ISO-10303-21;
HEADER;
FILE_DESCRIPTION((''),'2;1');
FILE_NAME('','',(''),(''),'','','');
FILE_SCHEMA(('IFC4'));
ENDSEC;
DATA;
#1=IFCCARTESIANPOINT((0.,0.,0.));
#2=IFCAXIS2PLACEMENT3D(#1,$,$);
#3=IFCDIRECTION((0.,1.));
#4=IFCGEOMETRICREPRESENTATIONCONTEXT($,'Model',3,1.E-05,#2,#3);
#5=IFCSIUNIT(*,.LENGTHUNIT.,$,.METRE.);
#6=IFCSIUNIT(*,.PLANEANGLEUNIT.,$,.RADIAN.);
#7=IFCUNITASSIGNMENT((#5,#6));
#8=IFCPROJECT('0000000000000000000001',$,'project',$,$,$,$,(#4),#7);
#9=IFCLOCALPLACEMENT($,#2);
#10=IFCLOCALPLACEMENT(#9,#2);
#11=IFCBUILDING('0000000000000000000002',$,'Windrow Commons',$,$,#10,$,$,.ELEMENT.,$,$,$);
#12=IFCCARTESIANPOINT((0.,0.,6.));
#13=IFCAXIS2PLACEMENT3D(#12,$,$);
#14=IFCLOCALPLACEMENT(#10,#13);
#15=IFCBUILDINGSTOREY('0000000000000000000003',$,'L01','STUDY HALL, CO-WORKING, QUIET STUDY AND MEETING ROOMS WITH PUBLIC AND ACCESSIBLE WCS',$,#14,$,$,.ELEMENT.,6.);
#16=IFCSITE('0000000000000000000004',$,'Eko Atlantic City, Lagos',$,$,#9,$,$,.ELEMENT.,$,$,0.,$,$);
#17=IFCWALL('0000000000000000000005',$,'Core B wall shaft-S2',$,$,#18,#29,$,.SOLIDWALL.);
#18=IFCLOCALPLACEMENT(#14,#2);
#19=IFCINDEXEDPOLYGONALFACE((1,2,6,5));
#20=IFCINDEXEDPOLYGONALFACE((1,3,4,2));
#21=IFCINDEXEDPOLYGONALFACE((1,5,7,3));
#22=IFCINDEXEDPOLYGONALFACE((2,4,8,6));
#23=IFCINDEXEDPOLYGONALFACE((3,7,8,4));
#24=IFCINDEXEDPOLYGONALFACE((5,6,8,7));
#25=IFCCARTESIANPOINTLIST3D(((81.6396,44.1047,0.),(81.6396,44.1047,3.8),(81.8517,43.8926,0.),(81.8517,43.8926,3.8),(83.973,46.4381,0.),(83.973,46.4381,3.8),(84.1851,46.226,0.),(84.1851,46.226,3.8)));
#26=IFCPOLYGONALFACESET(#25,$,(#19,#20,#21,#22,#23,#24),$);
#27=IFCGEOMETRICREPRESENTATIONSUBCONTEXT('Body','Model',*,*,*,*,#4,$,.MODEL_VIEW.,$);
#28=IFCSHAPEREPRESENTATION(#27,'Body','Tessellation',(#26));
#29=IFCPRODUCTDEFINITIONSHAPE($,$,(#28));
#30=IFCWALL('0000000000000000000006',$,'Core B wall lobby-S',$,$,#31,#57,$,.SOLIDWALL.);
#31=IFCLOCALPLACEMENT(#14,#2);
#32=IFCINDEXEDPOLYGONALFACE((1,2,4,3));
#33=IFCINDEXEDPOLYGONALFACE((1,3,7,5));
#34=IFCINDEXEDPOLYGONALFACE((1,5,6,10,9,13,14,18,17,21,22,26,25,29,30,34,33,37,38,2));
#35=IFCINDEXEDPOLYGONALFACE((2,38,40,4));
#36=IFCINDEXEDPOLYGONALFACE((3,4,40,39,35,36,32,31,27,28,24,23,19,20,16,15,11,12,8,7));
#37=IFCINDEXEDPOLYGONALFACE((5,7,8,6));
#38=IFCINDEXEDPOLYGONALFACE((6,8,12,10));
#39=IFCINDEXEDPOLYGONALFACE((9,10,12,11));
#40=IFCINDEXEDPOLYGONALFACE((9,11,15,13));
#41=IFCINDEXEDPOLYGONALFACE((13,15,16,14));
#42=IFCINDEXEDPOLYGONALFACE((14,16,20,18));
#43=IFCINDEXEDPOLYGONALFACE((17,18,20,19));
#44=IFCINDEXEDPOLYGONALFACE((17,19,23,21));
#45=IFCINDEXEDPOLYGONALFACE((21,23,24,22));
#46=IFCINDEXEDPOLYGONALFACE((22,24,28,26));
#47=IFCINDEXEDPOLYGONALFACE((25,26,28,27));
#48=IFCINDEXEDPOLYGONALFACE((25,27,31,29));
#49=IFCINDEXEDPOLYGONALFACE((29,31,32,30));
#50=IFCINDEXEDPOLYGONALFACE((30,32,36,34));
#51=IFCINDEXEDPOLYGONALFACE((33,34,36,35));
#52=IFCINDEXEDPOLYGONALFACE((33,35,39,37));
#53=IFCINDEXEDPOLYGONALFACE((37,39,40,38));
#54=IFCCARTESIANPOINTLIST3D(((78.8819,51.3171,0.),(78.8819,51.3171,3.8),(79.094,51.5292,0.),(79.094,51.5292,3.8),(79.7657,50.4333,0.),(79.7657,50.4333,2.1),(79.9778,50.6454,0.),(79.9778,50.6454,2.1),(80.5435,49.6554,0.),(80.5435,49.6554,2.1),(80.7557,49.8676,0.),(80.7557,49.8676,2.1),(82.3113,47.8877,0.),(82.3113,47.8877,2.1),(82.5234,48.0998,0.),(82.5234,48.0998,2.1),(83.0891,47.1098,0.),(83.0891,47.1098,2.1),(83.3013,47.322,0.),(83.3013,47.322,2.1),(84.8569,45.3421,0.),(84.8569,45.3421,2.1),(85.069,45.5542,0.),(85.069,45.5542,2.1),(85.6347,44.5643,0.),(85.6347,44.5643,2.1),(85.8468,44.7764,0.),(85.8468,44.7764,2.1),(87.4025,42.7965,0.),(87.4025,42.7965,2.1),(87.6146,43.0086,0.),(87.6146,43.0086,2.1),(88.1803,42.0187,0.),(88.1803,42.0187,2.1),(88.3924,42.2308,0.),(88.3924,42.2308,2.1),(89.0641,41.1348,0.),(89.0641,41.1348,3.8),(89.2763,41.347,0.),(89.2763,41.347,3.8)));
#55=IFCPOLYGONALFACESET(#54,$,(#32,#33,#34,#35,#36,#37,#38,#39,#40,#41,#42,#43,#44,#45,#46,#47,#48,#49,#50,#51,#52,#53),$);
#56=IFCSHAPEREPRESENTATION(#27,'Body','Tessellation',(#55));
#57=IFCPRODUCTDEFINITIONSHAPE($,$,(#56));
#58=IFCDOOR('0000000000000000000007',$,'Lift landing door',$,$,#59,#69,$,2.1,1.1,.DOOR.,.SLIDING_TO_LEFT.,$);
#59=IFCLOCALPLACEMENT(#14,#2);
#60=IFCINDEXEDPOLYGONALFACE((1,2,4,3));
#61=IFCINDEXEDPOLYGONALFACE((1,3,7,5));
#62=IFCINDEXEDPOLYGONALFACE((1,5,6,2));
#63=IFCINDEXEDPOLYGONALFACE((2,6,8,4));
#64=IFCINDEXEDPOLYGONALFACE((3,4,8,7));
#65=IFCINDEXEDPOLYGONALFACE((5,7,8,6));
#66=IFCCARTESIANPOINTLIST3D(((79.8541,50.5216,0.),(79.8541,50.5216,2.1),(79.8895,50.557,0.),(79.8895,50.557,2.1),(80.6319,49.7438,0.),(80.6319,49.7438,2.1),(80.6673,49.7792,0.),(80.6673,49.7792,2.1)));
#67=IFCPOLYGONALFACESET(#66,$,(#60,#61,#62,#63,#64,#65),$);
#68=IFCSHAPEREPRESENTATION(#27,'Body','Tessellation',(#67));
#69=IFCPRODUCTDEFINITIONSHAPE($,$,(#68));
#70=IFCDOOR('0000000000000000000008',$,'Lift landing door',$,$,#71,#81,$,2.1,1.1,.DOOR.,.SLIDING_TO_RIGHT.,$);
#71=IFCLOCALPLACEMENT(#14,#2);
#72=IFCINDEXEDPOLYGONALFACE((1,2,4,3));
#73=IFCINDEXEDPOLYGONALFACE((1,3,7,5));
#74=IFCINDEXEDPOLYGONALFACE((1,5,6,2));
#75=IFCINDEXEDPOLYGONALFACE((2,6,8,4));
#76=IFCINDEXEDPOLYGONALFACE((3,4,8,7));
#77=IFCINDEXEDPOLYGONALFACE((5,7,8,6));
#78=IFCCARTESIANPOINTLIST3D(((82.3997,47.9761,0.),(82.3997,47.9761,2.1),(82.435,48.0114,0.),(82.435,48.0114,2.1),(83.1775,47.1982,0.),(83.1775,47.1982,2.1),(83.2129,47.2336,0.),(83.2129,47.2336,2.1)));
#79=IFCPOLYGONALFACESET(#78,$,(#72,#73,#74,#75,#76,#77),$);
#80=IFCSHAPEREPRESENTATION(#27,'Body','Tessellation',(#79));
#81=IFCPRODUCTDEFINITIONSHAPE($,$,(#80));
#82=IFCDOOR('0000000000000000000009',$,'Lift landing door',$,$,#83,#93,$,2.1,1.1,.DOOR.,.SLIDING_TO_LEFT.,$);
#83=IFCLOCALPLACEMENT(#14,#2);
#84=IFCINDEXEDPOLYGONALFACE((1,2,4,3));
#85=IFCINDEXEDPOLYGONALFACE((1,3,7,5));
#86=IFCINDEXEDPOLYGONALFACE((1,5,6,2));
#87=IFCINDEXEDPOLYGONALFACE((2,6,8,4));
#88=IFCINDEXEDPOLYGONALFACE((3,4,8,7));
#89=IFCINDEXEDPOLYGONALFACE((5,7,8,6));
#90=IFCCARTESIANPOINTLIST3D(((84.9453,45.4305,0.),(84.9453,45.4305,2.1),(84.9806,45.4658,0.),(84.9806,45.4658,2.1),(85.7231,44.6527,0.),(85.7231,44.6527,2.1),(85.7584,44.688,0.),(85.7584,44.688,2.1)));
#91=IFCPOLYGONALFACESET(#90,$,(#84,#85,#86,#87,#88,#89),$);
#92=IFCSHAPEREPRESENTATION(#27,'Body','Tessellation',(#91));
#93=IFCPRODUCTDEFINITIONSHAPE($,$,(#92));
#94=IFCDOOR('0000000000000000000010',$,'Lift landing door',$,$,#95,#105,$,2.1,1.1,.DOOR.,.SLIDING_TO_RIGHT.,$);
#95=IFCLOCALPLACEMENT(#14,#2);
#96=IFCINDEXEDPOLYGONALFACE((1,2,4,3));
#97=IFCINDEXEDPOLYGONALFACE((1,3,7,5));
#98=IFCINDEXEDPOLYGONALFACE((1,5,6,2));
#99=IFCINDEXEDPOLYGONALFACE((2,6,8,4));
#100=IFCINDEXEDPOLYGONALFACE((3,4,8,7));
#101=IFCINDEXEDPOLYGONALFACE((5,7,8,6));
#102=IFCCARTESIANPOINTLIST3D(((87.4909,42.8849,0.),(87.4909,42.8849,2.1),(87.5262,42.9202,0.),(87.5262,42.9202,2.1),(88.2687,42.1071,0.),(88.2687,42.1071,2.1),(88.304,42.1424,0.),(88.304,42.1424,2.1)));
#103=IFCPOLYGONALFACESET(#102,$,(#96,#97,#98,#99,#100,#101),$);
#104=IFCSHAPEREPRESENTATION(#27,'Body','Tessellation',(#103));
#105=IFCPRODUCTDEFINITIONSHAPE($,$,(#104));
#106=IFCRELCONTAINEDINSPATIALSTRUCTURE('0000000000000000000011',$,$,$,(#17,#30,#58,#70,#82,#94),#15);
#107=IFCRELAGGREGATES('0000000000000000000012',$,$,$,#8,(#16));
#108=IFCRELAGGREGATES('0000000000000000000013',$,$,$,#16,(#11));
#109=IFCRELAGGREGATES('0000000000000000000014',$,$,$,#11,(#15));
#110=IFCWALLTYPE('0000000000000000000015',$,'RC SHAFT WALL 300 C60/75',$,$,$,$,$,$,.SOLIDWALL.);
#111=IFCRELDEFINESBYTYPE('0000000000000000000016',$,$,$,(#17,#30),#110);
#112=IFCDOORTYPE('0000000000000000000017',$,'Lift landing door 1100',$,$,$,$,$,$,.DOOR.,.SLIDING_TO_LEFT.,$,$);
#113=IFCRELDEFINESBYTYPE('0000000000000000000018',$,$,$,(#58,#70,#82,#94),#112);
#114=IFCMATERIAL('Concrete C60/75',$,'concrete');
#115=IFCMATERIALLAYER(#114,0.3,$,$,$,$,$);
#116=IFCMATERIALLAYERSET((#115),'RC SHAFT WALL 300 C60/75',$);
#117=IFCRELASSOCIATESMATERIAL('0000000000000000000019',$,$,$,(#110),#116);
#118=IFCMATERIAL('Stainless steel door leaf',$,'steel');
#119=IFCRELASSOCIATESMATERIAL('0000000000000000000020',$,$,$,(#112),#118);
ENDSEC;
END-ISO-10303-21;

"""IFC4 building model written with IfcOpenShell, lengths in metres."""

from ifc_helpers import new_model, si_unit, direction, frame, frame_2d, origin, place, context, subcontext, project, spatial, rectangle, extrude, material, layer, layer_set, type_object, element, fill, save


model = new_model("IFC4")

# Units and contexts
model_context = context("Model", 3, precision=1e-05, world=origin(), true_north=direction((0.0, 1.0)))
body_context = subcontext(model_context, "Body", "Model", "MODEL_VIEW")
ifc_project = project(units=[si_unit("LENGTHUNIT", "METRE"), si_unit("PLANEANGLEUNIT", "RADIAN")], contexts=[model_context])

# Site, building, storey
site_placement = place(None, origin())
site = spatial("IfcSite", under=ifc_project, at=site_placement, Name="Eko Atlantic City, Lagos", CompositionType="ELEMENT", RefElevation=0.0)
building_placement = place(site_placement, origin())
building = spatial("IfcBuilding", under=site, at=building_placement, Name="Windrow Commons", CompositionType="ELEMENT")
storey_placement = place(building_placement, frame((0.0, 0.0, 6.0)))
storey = spatial("IfcBuildingStorey", under=building, at=storey_placement, Name="L01", Description="STUDY HALL, CO-WORKING, QUIET STUDY AND MEETING ROOMS WITH PUBLIC AND ACCESSIBLE WCS", CompositionType="ELEMENT", Elevation=6.0)

# Wall
ifc_material_1 = material(Name="Concrete C60/75", Category="concrete")
ifc_layer_1 = layer(ifc_material_1, 0.3)
ifc_layer_set_1 = layer_set([ifc_layer_1], Name="RC SHAFT WALL 300 C60/75")
wall_type_1 = type_object("IfcWallType", Name="RC SHAFT WALL 300 C60/75", PredefinedType="SOLIDWALL", material=ifc_layer_set_1)
wall_1_placement = place(storey_placement, frame((81.7456, 43.9986, 0.0), z_axis=(0.0, 0.0, 1.0), x_axis=(0.707107, 0.707107, 0.0)))
element("IfcWall", 1, at=wall_1_placement, inside=storey, type_object=wall_type_1, Name="Core B wall shaft-S2", PredefinedType="SOLIDWALL", context=body_context, shape_type="SweptSolid", body=[
    extrude(rectangle(XDim=3.2999, YDim=0.3, at=frame_2d((1.65, 0.0))), origin(), (0.0, 0.0, 1.0), 3.8),
])

# Wall, openings, doors
wall_2_placement = place(storey_placement, frame((78.9879, 51.4232, 0.0), z_axis=(0.0, 0.0, 1.0), x_axis=(0.707107, -0.707107, 0.0)))
wall_2 = element("IfcWall", 2, at=wall_2_placement, inside=storey, type_object=wall_type_1, Name="Core B wall lobby-S", PredefinedType="SOLIDWALL", context=body_context, shape_type="SweptSolid", body=[
    extrude(rectangle(XDim=14.3999, YDim=0.3, at=frame_2d((7.2, 0.0))), origin(), (0.0, 0.0, 1.0), 3.8),
])
opening_1_placement = place(wall_2_placement, frame((1.25, 0.0, 0.0)))
opening_1 = element("IfcOpeningElement", 3, at=opening_1_placement, cuts=wall_2, PredefinedType="OPENING", context=body_context, shape_type="SweptSolid", body=[
    extrude(rectangle(XDim=1.1, YDim=2.1, at=frame_2d((0.55, 1.05))), frame((0.0, 0.16, 0.0), z_axis=(0.0, -1.0, 0.0), x_axis=(1.0, 0.0, 0.0)), (0.0, 0.0, 1.0), 0.32),
])
opening_2_placement = place(wall_2_placement, frame((4.85, 0.0, 0.0)))
opening_2 = element("IfcOpeningElement", 4, at=opening_2_placement, cuts=wall_2, PredefinedType="OPENING", context=body_context, shape_type="SweptSolid", body=[
    extrude(rectangle(XDim=1.1, YDim=2.1, at=frame_2d((0.55, 1.05))), frame((0.0, 0.16, 0.0), z_axis=(0.0, -1.0, 0.0), x_axis=(1.0, 0.0, 0.0)), (0.0, 0.0, 1.0), 0.32),
])
opening_3_placement = place(wall_2_placement, frame((8.45, 0.0, 0.0)))
opening_3 = element("IfcOpeningElement", 5, at=opening_3_placement, cuts=wall_2, PredefinedType="OPENING", context=body_context, shape_type="SweptSolid", body=[
    extrude(rectangle(XDim=1.1, YDim=2.1, at=frame_2d((0.55, 1.05))), frame((0.0, 0.16, 0.0), z_axis=(0.0, -1.0, 0.0), x_axis=(1.0, 0.0, 0.0)), (0.0, 0.0, 1.0), 0.32),
])
opening_4_placement = place(wall_2_placement, frame((12.05, 0.0, 0.0)))
opening_4 = element("IfcOpeningElement", 6, at=opening_4_placement, cuts=wall_2, PredefinedType="OPENING", context=body_context, shape_type="SweptSolid", body=[
    extrude(rectangle(XDim=1.1, YDim=2.1, at=frame_2d((0.55, 1.05))), frame((0.0, 0.16, 0.0), z_axis=(0.0, -1.0, 0.0), x_axis=(1.0, 0.0, 0.0)), (0.0, 0.0, 1.0), 0.32),
])
ifc_material_2 = material(Name="Stainless steel door leaf", Category="steel")
door_type_1 = type_object("IfcDoorType", Name="Lift landing door 1100", OperationType="SLIDING_TO_LEFT", PredefinedType="DOOR", material=ifc_material_2)
door_1_placement = place(opening_1_placement, origin())
door_1 = element("IfcDoor", 7, at=door_1_placement, inside=storey, type_object=door_type_1, Name="Lift landing door", OperationType="SLIDING_TO_LEFT", OverallHeight=2.1, OverallWidth=1.1, PredefinedType="DOOR", context=body_context, shape_type="SweptSolid", body=[
    extrude(rectangle(XDim=1.1, YDim=2.1, at=frame_2d((0.55, 1.05))), frame((0.0, 0.025, 0.0), z_axis=(0.0, -1.0, 0.0), x_axis=(1.0, 0.0, 0.0)), (0.0, 0.0, 1.0), 0.05),
])
fill(opening_1, door_1)
door_2_placement = place(opening_2_placement, origin())
door_2 = element("IfcDoor", 8, at=door_2_placement, inside=storey, type_object=door_type_1, Name="Lift landing door", OperationType="SLIDING_TO_RIGHT", OverallHeight=2.1, OverallWidth=1.1, PredefinedType="DOOR", context=body_context, shape_type="SweptSolid", body=[
    extrude(rectangle(XDim=1.1, YDim=2.1, at=frame_2d((0.55, 1.05))), frame((0.0, 0.025, 0.0), z_axis=(0.0, -1.0, 0.0), x_axis=(1.0, 0.0, 0.0)), (0.0, 0.0, 1.0), 0.05),
])
fill(opening_2, door_2)
door_3_placement = place(opening_3_placement, origin())
door_3 = element("IfcDoor", 9, at=door_3_placement, inside=storey, type_object=door_type_1, Name="Lift landing door", OperationType="SLIDING_TO_LEFT", OverallHeight=2.1, OverallWidth=1.1, PredefinedType="DOOR", context=body_context, shape_type="SweptSolid", body=[
    extrude(rectangle(XDim=1.1, YDim=2.1, at=frame_2d((0.55, 1.05))), frame((0.0, 0.025, 0.0), z_axis=(0.0, -1.0, 0.0), x_axis=(1.0, 0.0, 0.0)), (0.0, 0.0, 1.0), 0.05),
])
fill(opening_3, door_3)
door_4_placement = place(opening_4_placement, origin())
door_4 = element("IfcDoor", 10, at=door_4_placement, inside=storey, type_object=door_type_1, Name="Lift landing door", OperationType="SLIDING_TO_RIGHT", OverallHeight=2.1, OverallWidth=1.1, PredefinedType="DOOR", context=body_context, shape_type="SweptSolid", body=[
    extrude(rectangle(XDim=1.1, YDim=2.1, at=frame_2d((0.55, 1.05))), frame((0.0, 0.025, 0.0), z_axis=(0.0, -1.0, 0.0), x_axis=(1.0, 0.0, 0.0)), (0.0, 0.0, 1.0), 0.05),
])
fill(opening_4, door_4)

save(model, "model.ifc")
